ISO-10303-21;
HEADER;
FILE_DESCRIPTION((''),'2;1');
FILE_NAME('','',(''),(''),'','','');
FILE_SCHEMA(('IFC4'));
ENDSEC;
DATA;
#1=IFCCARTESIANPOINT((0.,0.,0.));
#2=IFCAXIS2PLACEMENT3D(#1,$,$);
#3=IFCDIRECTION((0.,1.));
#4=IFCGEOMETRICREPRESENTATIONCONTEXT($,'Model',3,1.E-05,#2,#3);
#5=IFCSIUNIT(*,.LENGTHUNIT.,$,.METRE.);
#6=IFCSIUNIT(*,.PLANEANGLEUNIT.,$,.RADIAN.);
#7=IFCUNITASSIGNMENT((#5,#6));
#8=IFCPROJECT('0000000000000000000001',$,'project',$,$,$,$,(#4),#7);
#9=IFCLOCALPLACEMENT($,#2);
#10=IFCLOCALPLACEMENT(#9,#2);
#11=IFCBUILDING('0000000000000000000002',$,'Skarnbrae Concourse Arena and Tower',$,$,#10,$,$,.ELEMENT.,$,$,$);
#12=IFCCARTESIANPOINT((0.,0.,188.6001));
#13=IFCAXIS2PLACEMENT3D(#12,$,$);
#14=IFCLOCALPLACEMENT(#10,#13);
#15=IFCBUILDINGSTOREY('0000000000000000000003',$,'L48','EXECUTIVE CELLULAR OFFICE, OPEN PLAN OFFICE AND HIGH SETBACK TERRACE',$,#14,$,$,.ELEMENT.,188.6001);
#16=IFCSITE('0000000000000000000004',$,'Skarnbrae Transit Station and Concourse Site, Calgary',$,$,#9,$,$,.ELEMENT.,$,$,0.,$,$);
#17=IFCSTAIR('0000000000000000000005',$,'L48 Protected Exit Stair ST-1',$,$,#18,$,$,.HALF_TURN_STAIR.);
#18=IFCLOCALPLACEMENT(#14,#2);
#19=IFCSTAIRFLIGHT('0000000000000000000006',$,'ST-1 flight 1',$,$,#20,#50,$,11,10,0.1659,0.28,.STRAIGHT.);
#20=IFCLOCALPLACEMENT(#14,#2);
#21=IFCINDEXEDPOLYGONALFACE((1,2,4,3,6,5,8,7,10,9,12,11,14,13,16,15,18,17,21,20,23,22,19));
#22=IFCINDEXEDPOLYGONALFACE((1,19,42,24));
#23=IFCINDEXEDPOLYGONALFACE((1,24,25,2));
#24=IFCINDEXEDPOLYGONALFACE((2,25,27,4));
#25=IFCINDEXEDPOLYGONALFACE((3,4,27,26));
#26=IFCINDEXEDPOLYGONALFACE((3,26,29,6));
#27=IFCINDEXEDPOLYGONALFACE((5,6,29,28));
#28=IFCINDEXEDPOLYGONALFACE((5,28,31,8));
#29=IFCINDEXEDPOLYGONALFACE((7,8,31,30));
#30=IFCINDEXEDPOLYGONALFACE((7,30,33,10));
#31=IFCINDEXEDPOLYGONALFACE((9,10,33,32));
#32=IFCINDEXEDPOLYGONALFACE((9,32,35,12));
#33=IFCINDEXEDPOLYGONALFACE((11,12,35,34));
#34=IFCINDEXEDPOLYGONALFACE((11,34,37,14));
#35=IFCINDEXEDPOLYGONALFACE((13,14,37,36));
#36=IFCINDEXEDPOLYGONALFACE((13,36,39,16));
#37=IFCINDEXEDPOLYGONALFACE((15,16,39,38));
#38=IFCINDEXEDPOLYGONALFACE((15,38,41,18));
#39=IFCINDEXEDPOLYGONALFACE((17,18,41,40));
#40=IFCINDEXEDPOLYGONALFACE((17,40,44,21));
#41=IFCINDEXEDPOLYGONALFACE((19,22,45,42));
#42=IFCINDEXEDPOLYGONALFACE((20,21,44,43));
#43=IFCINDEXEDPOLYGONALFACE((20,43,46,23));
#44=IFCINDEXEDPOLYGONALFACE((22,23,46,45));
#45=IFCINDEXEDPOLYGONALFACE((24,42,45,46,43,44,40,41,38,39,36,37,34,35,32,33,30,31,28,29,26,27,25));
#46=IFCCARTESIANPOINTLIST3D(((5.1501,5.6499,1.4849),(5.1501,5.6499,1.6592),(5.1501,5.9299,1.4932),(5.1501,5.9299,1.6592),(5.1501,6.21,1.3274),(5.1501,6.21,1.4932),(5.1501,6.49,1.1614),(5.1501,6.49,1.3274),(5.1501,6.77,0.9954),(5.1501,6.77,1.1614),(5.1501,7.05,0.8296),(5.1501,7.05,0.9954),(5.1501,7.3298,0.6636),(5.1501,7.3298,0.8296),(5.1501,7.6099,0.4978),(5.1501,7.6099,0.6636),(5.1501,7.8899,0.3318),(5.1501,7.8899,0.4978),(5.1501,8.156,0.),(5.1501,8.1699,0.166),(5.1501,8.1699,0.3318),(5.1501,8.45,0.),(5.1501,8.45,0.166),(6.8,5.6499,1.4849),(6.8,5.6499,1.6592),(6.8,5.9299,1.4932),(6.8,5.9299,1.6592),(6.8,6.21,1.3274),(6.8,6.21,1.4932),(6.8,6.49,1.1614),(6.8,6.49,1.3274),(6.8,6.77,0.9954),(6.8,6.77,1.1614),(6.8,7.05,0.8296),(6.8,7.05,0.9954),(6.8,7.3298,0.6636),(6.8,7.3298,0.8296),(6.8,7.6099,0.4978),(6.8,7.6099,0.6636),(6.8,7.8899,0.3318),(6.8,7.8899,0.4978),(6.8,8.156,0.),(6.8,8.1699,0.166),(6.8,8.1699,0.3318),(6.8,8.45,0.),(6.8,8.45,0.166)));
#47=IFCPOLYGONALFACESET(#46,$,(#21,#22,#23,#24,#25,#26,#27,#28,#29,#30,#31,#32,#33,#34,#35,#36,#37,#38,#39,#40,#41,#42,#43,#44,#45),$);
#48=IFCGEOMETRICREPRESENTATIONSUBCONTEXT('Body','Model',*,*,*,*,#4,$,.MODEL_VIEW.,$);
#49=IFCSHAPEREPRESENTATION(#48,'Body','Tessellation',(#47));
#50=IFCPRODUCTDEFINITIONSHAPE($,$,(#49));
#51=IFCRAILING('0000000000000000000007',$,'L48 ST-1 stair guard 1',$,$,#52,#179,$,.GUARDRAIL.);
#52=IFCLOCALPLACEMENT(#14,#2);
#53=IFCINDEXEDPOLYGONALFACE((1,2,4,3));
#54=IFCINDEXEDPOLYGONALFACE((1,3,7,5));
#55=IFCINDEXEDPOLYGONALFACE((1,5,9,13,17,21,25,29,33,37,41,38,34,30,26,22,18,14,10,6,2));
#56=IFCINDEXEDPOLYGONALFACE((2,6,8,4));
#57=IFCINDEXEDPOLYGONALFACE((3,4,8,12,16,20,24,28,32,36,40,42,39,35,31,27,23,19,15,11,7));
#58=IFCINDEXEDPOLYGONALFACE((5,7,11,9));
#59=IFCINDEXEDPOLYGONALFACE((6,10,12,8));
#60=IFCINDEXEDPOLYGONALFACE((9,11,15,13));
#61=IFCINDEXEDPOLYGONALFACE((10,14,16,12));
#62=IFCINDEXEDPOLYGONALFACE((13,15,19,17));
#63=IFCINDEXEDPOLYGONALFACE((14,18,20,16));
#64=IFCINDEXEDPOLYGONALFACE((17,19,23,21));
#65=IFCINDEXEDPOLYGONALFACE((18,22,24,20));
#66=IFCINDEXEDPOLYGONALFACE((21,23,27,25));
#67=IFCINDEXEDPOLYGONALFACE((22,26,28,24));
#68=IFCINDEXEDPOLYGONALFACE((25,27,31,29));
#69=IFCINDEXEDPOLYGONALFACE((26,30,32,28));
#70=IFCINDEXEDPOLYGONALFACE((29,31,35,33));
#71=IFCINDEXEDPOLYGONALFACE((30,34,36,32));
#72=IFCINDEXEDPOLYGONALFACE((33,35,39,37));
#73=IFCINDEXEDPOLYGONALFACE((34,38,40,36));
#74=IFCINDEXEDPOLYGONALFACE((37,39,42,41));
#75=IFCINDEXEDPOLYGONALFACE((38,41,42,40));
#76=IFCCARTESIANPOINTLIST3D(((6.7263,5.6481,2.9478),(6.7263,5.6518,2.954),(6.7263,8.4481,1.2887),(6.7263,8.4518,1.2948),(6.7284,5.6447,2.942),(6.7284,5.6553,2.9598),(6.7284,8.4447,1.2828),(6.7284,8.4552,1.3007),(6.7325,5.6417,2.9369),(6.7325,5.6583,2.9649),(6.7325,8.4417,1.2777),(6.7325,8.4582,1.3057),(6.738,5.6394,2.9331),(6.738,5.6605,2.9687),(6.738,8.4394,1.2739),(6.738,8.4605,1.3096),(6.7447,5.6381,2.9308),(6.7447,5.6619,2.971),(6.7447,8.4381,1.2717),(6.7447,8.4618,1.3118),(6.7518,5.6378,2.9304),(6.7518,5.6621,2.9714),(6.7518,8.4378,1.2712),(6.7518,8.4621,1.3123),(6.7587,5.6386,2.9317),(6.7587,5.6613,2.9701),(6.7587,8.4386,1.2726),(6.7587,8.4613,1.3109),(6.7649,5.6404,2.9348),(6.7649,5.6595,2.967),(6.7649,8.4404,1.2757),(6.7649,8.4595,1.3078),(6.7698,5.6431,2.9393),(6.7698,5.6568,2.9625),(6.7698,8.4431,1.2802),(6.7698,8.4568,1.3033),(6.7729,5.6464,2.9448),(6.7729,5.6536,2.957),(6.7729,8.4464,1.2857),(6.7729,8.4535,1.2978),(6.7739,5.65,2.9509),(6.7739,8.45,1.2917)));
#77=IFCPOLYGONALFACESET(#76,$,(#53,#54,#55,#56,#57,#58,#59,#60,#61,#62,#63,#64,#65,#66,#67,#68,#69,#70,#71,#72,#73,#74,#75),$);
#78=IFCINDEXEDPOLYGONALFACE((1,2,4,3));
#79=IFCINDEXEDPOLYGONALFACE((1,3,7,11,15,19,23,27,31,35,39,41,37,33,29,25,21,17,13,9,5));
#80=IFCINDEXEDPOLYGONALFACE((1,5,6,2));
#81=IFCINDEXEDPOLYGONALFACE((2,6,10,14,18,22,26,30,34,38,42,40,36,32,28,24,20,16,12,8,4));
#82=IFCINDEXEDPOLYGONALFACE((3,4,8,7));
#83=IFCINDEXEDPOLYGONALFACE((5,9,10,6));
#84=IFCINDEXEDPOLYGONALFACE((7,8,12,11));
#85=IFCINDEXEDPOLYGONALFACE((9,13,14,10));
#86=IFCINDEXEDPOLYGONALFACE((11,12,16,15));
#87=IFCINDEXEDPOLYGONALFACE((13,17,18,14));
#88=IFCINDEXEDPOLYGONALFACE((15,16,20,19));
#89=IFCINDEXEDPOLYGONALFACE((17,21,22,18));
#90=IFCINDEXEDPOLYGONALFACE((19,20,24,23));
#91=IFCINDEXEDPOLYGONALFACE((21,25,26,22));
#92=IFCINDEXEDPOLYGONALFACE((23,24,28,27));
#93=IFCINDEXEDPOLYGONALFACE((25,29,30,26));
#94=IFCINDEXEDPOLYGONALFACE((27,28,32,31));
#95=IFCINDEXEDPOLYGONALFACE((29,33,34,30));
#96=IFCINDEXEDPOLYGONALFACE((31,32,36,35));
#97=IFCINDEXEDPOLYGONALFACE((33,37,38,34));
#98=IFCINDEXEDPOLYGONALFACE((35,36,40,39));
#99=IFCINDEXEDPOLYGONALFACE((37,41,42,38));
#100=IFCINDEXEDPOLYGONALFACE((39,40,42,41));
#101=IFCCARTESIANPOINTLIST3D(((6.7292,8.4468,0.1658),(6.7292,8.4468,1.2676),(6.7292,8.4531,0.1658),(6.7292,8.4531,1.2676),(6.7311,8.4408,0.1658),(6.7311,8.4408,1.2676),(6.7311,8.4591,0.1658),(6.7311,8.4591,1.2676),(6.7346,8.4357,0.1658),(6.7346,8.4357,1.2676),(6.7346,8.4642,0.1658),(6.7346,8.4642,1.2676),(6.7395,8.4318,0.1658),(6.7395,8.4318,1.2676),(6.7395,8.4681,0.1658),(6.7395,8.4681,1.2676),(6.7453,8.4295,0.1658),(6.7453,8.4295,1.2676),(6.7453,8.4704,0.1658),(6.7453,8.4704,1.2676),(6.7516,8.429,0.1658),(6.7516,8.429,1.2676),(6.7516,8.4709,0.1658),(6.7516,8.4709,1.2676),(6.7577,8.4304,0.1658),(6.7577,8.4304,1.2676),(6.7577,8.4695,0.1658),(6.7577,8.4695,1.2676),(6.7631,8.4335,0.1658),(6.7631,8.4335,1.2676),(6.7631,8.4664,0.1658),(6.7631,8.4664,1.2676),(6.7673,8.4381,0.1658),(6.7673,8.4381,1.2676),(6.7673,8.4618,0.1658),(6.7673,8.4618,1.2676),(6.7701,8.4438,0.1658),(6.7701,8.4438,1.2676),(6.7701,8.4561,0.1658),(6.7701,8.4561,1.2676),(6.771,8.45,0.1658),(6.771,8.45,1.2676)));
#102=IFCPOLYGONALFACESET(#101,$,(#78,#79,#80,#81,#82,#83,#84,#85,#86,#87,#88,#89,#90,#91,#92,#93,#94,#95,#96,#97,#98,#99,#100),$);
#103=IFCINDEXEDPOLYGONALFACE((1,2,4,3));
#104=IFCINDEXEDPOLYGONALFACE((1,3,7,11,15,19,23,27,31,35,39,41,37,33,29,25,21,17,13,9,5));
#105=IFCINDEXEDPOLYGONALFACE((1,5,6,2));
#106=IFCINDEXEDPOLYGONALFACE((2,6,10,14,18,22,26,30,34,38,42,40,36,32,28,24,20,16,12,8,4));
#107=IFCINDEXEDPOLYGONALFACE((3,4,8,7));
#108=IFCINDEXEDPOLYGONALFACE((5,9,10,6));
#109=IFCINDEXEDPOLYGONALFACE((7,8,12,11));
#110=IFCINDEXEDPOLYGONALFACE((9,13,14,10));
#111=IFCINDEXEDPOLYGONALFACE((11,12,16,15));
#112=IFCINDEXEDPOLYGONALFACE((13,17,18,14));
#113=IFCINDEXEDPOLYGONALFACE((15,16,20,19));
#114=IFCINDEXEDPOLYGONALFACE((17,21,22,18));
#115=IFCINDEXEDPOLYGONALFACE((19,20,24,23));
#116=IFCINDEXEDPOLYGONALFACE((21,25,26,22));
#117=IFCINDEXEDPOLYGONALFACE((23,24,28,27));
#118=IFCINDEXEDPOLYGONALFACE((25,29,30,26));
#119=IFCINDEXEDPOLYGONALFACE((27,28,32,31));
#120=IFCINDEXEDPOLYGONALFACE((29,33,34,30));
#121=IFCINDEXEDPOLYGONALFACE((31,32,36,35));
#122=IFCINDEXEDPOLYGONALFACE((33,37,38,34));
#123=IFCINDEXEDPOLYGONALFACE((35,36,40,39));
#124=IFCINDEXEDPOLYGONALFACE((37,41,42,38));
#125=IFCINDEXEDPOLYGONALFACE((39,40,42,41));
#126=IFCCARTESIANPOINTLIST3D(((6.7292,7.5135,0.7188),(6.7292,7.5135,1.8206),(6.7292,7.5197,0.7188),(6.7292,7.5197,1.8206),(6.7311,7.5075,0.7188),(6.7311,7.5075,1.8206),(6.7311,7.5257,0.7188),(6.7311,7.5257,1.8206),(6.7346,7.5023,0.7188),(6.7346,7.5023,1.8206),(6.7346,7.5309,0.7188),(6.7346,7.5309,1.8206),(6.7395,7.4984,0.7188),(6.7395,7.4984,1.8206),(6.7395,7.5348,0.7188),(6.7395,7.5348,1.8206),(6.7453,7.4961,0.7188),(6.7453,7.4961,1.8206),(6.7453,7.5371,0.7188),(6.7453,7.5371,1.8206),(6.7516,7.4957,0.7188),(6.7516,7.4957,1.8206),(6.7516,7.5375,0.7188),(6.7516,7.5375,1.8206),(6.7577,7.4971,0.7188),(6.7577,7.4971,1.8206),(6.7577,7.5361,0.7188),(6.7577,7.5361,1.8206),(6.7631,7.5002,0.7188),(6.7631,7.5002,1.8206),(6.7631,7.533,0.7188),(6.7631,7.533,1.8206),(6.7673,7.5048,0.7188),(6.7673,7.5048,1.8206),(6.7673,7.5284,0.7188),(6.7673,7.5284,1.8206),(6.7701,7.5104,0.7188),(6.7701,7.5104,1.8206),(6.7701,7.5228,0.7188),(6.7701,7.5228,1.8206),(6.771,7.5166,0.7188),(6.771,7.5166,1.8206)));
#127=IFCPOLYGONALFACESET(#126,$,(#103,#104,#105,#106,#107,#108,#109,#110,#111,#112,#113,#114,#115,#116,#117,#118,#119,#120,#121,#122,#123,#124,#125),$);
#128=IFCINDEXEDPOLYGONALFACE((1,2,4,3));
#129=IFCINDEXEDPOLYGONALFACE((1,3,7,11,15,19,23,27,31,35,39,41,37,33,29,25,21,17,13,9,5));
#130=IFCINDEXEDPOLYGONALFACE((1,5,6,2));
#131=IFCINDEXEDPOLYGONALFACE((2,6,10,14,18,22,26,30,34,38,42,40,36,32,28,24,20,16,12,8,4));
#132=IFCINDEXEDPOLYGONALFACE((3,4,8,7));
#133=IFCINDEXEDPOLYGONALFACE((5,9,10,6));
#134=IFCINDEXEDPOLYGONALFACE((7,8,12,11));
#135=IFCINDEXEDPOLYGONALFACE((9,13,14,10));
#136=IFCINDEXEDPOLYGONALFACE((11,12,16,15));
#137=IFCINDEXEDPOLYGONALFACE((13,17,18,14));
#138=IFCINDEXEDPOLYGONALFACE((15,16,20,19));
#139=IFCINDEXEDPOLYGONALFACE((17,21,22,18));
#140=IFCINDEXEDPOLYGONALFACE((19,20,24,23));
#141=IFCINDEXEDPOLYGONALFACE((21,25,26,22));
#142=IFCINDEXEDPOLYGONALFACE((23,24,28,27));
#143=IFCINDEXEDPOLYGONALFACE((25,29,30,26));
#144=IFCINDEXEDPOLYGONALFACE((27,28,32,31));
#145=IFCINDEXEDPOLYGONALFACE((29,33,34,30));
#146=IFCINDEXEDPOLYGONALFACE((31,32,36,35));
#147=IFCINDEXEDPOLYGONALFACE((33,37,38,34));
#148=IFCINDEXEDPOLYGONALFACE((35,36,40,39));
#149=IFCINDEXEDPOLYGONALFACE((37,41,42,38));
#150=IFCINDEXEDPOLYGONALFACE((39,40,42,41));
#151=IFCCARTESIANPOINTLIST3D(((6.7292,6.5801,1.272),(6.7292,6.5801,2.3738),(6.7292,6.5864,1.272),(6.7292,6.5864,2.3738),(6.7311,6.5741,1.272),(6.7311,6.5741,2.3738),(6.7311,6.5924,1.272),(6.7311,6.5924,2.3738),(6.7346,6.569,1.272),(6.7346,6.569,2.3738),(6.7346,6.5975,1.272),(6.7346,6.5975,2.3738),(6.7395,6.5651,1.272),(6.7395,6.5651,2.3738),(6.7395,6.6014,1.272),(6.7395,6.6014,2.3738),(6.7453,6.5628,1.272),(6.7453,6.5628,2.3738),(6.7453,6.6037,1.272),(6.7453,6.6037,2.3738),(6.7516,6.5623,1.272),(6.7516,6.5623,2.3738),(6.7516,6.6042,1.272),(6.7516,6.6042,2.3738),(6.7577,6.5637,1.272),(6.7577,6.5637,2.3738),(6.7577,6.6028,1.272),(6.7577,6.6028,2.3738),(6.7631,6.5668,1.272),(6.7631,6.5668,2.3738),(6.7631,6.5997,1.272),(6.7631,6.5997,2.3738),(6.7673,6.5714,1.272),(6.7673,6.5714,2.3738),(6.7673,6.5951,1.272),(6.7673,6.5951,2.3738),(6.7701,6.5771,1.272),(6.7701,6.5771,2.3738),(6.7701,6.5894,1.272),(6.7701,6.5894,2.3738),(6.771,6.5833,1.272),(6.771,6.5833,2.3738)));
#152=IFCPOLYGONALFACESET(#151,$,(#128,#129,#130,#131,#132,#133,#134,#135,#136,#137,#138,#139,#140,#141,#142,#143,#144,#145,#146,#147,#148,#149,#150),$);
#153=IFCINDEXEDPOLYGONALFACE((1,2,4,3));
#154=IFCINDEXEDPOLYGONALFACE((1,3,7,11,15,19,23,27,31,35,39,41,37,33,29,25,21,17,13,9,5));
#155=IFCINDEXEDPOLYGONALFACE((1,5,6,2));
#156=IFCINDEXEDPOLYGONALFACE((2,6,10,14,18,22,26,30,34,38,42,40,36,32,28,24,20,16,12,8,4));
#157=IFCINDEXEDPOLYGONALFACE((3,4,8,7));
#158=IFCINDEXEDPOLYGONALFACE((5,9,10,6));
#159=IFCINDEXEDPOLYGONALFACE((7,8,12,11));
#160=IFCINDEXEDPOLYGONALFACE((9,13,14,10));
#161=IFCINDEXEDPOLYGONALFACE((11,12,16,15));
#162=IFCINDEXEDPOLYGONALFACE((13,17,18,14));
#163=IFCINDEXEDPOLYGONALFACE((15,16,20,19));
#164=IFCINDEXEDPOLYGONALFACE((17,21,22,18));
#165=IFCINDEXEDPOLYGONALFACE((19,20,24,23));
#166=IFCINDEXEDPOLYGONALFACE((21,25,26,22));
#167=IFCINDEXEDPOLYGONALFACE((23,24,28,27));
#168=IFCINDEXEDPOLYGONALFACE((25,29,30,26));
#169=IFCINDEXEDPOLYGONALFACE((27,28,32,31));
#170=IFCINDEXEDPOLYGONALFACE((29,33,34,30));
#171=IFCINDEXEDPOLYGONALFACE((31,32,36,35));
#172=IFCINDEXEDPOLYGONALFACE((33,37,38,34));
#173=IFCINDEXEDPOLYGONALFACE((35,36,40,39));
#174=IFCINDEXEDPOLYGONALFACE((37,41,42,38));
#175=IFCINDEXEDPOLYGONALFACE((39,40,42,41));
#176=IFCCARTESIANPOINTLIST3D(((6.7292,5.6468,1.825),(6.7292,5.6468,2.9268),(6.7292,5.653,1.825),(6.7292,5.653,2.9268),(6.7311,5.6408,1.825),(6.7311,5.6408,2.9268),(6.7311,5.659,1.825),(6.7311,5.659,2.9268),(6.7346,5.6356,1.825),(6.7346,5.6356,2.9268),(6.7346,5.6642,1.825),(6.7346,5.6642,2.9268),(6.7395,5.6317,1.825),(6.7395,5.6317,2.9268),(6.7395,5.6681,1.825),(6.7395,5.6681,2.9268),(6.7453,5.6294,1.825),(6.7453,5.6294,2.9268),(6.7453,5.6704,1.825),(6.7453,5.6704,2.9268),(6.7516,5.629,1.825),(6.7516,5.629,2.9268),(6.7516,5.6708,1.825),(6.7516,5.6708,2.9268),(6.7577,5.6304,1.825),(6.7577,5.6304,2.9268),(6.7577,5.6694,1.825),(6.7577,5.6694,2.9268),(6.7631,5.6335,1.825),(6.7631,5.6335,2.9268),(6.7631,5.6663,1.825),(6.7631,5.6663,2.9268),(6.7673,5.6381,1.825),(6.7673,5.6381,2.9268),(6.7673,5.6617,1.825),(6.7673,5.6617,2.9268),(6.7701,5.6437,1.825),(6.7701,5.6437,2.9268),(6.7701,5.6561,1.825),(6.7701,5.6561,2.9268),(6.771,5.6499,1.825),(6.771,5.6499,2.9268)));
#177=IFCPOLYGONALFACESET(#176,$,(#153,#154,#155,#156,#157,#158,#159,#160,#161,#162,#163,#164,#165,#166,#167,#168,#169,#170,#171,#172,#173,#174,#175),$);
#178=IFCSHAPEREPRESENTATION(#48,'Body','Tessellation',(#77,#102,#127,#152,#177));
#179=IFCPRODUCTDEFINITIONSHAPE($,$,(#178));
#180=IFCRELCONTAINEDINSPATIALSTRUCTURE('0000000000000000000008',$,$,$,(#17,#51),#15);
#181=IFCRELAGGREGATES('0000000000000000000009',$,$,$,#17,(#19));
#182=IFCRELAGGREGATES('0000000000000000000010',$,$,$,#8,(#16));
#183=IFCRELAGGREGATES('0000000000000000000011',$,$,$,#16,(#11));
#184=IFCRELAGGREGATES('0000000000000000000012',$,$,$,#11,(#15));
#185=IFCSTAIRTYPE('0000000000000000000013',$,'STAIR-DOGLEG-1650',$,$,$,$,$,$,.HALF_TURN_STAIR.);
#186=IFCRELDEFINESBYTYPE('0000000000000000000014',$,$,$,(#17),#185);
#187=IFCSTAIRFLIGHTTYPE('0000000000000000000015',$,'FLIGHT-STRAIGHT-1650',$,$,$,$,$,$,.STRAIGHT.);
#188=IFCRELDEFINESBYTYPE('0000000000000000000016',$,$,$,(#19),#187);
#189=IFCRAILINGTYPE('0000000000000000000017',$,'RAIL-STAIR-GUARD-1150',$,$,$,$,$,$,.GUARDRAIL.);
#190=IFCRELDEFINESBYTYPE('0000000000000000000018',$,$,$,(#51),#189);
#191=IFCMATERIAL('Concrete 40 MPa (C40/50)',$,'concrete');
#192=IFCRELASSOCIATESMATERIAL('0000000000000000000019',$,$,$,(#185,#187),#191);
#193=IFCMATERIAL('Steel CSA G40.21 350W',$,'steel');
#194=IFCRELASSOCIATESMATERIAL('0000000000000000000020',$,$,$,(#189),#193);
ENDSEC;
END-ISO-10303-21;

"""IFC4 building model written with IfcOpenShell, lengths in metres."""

from ifc_helpers import new_model, si_unit, direction, frame, origin, origin_2d, place, context, subcontext, project, spatial, polyline, circle, outline, extrude, source, transform, mapped, material, type_object, element, aggregate, save


model = new_model("IFC4")

# Units and contexts
model_context = context("Model", 3, precision=1e-05, world=origin(), true_north=direction((0.0, 1.0)))
body_context = subcontext(model_context, "Body", "Model", "MODEL_VIEW")
ifc_project = project(units=[si_unit("LENGTHUNIT", "METRE"), si_unit("PLANEANGLEUNIT", "RADIAN")], contexts=[model_context])

# Site, building, storey
site_placement = place(None, origin())
site = spatial("IfcSite", under=ifc_project, at=site_placement, Name="Skarnbrae Transit Station and Concourse Site, Calgary", CompositionType="ELEMENT", RefElevation=0.0)
building_placement = place(site_placement, origin())
building = spatial("IfcBuilding", under=site, at=building_placement, Name="Skarnbrae Concourse Arena and Tower", CompositionType="ELEMENT")
storey_placement = place(building_placement, frame((0.0, 0.0, 188.6001)))
storey = spatial("IfcBuildingStorey", under=building, at=storey_placement, Name="L48", Description="EXECUTIVE CELLULAR OFFICE, OPEN PLAN OFFICE AND HIGH SETBACK TERRACE", CompositionType="ELEMENT", Elevation=188.6001)

# Shared definitions
ifc_material_1 = material(Name="Steel CSA G40.21 350W", Category="steel")

# Stair, stair flight
ifc_material_2 = material(Name="Concrete 40 MPa (C40/50)", Category="concrete")
stair_type = type_object("IfcStairType", Name="STAIR-DOGLEG-1650", PredefinedType="HALF_TURN_STAIR", material=ifc_material_2)
stair_placement = place(storey_placement, origin())
stair = element("IfcStair", 1, at=stair_placement, inside=storey, type_object=stair_type, Name="L48 Protected Exit Stair ST-1", PredefinedType="HALF_TURN_STAIR")
stair_flight_type = type_object("IfcStairFlightType", Name="FLIGHT-STRAIGHT-1650", PredefinedType="STRAIGHT", material=ifc_material_2)
shared_shape_1 = source(origin(), body_context, "Body", "SweptSolid", [
    extrude(outline(polyline([(0.0, 0.0), (0.0, 0.166), (0.28, 0.166), (0.28, 0.3318), (0.5601, 0.3318), (0.5601, 0.4978), (0.8401, 0.4978), (0.8401, 0.6636), (1.1201, 0.6636), (1.1201, 0.8296), (1.3999, 0.8296), (1.3999, 0.9954), (1.6799, 0.9954), (1.6799, 1.1614), (1.96, 1.1614), (1.96, 1.3274), (2.24, 1.3274), (2.24, 1.4932), (2.52, 1.4932), (2.52, 1.6592), (2.8, 1.6592), (2.8, 1.825), (2.8, 1.4849), (0.2939, 0.0), (0.0, 0.0)])), frame((0.0, 0.825, 0.0), z_axis=(0.0, -1.0, 0.0), x_axis=(1.0, 0.0, 0.0)), (0.0, 0.0, 1.0), 1.6499),
])
stair_flight_placement = place(storey_placement, frame((5.9751, 8.45, 0.0), z_axis=(0.0, 0.0, 1.0), x_axis=(0.0, -1.0, 0.0)))
stair_flight = element("IfcStairFlight", 2, at=stair_flight_placement, type_object=stair_flight_type, Name="ST-1 flight 1", NumberOfRisers=11, NumberOfTreads=10, PredefinedType="STRAIGHT", RiserHeight=0.1659, TreadLength=0.28, context=body_context, shape_type="MappedRepresentation", body=[
    mapped(shared_shape_1, transform((0.0, 0.0, 0.0))),
])
aggregate(stair, [stair_flight])

# Railing
railing_type = type_object("IfcRailingType", Name="RAIL-STAIR-GUARD-1150", PredefinedType="GUARDRAIL", material=ifc_material_1)
railing_1_placement = place(storey_placement, frame((6.75, 8.45, 0.1658)))
element("IfcRailing", 3, at=railing_1_placement, inside=storey, type_object=railing_type, Name="L48 ST-1 stair guard 1", PredefinedType="GUARDRAIL", context=body_context, shape_type="SweptSolid", body=[
    extrude(circle(Radius=0.0239, at=origin_2d()), frame((0.0, 0.0, 1.126), z_axis=(0.0, -0.860306, 0.509778), x_axis=(1.0, 0.0, 0.0)), (0.0, 0.0, 1.0), 3.2546),
    extrude(circle(Radius=0.021, at=origin_2d()), origin(), (0.0, 0.0, 1.0), 1.1018),
    extrude(circle(Radius=0.021, at=origin_2d()), frame((0.0, -0.9333, 0.553)), (0.0, 0.0, 1.0), 1.1018),
    extrude(circle(Radius=0.021, at=origin_2d()), frame((0.0, -1.8667, 1.1062)), (0.0, 0.0, 1.0), 1.1018),
    extrude(circle(Radius=0.021, at=origin_2d()), frame((0.0, -2.8, 1.6592)), (0.0, 0.0, 1.0), 1.1018),
])

save(model, "model.ifc")
